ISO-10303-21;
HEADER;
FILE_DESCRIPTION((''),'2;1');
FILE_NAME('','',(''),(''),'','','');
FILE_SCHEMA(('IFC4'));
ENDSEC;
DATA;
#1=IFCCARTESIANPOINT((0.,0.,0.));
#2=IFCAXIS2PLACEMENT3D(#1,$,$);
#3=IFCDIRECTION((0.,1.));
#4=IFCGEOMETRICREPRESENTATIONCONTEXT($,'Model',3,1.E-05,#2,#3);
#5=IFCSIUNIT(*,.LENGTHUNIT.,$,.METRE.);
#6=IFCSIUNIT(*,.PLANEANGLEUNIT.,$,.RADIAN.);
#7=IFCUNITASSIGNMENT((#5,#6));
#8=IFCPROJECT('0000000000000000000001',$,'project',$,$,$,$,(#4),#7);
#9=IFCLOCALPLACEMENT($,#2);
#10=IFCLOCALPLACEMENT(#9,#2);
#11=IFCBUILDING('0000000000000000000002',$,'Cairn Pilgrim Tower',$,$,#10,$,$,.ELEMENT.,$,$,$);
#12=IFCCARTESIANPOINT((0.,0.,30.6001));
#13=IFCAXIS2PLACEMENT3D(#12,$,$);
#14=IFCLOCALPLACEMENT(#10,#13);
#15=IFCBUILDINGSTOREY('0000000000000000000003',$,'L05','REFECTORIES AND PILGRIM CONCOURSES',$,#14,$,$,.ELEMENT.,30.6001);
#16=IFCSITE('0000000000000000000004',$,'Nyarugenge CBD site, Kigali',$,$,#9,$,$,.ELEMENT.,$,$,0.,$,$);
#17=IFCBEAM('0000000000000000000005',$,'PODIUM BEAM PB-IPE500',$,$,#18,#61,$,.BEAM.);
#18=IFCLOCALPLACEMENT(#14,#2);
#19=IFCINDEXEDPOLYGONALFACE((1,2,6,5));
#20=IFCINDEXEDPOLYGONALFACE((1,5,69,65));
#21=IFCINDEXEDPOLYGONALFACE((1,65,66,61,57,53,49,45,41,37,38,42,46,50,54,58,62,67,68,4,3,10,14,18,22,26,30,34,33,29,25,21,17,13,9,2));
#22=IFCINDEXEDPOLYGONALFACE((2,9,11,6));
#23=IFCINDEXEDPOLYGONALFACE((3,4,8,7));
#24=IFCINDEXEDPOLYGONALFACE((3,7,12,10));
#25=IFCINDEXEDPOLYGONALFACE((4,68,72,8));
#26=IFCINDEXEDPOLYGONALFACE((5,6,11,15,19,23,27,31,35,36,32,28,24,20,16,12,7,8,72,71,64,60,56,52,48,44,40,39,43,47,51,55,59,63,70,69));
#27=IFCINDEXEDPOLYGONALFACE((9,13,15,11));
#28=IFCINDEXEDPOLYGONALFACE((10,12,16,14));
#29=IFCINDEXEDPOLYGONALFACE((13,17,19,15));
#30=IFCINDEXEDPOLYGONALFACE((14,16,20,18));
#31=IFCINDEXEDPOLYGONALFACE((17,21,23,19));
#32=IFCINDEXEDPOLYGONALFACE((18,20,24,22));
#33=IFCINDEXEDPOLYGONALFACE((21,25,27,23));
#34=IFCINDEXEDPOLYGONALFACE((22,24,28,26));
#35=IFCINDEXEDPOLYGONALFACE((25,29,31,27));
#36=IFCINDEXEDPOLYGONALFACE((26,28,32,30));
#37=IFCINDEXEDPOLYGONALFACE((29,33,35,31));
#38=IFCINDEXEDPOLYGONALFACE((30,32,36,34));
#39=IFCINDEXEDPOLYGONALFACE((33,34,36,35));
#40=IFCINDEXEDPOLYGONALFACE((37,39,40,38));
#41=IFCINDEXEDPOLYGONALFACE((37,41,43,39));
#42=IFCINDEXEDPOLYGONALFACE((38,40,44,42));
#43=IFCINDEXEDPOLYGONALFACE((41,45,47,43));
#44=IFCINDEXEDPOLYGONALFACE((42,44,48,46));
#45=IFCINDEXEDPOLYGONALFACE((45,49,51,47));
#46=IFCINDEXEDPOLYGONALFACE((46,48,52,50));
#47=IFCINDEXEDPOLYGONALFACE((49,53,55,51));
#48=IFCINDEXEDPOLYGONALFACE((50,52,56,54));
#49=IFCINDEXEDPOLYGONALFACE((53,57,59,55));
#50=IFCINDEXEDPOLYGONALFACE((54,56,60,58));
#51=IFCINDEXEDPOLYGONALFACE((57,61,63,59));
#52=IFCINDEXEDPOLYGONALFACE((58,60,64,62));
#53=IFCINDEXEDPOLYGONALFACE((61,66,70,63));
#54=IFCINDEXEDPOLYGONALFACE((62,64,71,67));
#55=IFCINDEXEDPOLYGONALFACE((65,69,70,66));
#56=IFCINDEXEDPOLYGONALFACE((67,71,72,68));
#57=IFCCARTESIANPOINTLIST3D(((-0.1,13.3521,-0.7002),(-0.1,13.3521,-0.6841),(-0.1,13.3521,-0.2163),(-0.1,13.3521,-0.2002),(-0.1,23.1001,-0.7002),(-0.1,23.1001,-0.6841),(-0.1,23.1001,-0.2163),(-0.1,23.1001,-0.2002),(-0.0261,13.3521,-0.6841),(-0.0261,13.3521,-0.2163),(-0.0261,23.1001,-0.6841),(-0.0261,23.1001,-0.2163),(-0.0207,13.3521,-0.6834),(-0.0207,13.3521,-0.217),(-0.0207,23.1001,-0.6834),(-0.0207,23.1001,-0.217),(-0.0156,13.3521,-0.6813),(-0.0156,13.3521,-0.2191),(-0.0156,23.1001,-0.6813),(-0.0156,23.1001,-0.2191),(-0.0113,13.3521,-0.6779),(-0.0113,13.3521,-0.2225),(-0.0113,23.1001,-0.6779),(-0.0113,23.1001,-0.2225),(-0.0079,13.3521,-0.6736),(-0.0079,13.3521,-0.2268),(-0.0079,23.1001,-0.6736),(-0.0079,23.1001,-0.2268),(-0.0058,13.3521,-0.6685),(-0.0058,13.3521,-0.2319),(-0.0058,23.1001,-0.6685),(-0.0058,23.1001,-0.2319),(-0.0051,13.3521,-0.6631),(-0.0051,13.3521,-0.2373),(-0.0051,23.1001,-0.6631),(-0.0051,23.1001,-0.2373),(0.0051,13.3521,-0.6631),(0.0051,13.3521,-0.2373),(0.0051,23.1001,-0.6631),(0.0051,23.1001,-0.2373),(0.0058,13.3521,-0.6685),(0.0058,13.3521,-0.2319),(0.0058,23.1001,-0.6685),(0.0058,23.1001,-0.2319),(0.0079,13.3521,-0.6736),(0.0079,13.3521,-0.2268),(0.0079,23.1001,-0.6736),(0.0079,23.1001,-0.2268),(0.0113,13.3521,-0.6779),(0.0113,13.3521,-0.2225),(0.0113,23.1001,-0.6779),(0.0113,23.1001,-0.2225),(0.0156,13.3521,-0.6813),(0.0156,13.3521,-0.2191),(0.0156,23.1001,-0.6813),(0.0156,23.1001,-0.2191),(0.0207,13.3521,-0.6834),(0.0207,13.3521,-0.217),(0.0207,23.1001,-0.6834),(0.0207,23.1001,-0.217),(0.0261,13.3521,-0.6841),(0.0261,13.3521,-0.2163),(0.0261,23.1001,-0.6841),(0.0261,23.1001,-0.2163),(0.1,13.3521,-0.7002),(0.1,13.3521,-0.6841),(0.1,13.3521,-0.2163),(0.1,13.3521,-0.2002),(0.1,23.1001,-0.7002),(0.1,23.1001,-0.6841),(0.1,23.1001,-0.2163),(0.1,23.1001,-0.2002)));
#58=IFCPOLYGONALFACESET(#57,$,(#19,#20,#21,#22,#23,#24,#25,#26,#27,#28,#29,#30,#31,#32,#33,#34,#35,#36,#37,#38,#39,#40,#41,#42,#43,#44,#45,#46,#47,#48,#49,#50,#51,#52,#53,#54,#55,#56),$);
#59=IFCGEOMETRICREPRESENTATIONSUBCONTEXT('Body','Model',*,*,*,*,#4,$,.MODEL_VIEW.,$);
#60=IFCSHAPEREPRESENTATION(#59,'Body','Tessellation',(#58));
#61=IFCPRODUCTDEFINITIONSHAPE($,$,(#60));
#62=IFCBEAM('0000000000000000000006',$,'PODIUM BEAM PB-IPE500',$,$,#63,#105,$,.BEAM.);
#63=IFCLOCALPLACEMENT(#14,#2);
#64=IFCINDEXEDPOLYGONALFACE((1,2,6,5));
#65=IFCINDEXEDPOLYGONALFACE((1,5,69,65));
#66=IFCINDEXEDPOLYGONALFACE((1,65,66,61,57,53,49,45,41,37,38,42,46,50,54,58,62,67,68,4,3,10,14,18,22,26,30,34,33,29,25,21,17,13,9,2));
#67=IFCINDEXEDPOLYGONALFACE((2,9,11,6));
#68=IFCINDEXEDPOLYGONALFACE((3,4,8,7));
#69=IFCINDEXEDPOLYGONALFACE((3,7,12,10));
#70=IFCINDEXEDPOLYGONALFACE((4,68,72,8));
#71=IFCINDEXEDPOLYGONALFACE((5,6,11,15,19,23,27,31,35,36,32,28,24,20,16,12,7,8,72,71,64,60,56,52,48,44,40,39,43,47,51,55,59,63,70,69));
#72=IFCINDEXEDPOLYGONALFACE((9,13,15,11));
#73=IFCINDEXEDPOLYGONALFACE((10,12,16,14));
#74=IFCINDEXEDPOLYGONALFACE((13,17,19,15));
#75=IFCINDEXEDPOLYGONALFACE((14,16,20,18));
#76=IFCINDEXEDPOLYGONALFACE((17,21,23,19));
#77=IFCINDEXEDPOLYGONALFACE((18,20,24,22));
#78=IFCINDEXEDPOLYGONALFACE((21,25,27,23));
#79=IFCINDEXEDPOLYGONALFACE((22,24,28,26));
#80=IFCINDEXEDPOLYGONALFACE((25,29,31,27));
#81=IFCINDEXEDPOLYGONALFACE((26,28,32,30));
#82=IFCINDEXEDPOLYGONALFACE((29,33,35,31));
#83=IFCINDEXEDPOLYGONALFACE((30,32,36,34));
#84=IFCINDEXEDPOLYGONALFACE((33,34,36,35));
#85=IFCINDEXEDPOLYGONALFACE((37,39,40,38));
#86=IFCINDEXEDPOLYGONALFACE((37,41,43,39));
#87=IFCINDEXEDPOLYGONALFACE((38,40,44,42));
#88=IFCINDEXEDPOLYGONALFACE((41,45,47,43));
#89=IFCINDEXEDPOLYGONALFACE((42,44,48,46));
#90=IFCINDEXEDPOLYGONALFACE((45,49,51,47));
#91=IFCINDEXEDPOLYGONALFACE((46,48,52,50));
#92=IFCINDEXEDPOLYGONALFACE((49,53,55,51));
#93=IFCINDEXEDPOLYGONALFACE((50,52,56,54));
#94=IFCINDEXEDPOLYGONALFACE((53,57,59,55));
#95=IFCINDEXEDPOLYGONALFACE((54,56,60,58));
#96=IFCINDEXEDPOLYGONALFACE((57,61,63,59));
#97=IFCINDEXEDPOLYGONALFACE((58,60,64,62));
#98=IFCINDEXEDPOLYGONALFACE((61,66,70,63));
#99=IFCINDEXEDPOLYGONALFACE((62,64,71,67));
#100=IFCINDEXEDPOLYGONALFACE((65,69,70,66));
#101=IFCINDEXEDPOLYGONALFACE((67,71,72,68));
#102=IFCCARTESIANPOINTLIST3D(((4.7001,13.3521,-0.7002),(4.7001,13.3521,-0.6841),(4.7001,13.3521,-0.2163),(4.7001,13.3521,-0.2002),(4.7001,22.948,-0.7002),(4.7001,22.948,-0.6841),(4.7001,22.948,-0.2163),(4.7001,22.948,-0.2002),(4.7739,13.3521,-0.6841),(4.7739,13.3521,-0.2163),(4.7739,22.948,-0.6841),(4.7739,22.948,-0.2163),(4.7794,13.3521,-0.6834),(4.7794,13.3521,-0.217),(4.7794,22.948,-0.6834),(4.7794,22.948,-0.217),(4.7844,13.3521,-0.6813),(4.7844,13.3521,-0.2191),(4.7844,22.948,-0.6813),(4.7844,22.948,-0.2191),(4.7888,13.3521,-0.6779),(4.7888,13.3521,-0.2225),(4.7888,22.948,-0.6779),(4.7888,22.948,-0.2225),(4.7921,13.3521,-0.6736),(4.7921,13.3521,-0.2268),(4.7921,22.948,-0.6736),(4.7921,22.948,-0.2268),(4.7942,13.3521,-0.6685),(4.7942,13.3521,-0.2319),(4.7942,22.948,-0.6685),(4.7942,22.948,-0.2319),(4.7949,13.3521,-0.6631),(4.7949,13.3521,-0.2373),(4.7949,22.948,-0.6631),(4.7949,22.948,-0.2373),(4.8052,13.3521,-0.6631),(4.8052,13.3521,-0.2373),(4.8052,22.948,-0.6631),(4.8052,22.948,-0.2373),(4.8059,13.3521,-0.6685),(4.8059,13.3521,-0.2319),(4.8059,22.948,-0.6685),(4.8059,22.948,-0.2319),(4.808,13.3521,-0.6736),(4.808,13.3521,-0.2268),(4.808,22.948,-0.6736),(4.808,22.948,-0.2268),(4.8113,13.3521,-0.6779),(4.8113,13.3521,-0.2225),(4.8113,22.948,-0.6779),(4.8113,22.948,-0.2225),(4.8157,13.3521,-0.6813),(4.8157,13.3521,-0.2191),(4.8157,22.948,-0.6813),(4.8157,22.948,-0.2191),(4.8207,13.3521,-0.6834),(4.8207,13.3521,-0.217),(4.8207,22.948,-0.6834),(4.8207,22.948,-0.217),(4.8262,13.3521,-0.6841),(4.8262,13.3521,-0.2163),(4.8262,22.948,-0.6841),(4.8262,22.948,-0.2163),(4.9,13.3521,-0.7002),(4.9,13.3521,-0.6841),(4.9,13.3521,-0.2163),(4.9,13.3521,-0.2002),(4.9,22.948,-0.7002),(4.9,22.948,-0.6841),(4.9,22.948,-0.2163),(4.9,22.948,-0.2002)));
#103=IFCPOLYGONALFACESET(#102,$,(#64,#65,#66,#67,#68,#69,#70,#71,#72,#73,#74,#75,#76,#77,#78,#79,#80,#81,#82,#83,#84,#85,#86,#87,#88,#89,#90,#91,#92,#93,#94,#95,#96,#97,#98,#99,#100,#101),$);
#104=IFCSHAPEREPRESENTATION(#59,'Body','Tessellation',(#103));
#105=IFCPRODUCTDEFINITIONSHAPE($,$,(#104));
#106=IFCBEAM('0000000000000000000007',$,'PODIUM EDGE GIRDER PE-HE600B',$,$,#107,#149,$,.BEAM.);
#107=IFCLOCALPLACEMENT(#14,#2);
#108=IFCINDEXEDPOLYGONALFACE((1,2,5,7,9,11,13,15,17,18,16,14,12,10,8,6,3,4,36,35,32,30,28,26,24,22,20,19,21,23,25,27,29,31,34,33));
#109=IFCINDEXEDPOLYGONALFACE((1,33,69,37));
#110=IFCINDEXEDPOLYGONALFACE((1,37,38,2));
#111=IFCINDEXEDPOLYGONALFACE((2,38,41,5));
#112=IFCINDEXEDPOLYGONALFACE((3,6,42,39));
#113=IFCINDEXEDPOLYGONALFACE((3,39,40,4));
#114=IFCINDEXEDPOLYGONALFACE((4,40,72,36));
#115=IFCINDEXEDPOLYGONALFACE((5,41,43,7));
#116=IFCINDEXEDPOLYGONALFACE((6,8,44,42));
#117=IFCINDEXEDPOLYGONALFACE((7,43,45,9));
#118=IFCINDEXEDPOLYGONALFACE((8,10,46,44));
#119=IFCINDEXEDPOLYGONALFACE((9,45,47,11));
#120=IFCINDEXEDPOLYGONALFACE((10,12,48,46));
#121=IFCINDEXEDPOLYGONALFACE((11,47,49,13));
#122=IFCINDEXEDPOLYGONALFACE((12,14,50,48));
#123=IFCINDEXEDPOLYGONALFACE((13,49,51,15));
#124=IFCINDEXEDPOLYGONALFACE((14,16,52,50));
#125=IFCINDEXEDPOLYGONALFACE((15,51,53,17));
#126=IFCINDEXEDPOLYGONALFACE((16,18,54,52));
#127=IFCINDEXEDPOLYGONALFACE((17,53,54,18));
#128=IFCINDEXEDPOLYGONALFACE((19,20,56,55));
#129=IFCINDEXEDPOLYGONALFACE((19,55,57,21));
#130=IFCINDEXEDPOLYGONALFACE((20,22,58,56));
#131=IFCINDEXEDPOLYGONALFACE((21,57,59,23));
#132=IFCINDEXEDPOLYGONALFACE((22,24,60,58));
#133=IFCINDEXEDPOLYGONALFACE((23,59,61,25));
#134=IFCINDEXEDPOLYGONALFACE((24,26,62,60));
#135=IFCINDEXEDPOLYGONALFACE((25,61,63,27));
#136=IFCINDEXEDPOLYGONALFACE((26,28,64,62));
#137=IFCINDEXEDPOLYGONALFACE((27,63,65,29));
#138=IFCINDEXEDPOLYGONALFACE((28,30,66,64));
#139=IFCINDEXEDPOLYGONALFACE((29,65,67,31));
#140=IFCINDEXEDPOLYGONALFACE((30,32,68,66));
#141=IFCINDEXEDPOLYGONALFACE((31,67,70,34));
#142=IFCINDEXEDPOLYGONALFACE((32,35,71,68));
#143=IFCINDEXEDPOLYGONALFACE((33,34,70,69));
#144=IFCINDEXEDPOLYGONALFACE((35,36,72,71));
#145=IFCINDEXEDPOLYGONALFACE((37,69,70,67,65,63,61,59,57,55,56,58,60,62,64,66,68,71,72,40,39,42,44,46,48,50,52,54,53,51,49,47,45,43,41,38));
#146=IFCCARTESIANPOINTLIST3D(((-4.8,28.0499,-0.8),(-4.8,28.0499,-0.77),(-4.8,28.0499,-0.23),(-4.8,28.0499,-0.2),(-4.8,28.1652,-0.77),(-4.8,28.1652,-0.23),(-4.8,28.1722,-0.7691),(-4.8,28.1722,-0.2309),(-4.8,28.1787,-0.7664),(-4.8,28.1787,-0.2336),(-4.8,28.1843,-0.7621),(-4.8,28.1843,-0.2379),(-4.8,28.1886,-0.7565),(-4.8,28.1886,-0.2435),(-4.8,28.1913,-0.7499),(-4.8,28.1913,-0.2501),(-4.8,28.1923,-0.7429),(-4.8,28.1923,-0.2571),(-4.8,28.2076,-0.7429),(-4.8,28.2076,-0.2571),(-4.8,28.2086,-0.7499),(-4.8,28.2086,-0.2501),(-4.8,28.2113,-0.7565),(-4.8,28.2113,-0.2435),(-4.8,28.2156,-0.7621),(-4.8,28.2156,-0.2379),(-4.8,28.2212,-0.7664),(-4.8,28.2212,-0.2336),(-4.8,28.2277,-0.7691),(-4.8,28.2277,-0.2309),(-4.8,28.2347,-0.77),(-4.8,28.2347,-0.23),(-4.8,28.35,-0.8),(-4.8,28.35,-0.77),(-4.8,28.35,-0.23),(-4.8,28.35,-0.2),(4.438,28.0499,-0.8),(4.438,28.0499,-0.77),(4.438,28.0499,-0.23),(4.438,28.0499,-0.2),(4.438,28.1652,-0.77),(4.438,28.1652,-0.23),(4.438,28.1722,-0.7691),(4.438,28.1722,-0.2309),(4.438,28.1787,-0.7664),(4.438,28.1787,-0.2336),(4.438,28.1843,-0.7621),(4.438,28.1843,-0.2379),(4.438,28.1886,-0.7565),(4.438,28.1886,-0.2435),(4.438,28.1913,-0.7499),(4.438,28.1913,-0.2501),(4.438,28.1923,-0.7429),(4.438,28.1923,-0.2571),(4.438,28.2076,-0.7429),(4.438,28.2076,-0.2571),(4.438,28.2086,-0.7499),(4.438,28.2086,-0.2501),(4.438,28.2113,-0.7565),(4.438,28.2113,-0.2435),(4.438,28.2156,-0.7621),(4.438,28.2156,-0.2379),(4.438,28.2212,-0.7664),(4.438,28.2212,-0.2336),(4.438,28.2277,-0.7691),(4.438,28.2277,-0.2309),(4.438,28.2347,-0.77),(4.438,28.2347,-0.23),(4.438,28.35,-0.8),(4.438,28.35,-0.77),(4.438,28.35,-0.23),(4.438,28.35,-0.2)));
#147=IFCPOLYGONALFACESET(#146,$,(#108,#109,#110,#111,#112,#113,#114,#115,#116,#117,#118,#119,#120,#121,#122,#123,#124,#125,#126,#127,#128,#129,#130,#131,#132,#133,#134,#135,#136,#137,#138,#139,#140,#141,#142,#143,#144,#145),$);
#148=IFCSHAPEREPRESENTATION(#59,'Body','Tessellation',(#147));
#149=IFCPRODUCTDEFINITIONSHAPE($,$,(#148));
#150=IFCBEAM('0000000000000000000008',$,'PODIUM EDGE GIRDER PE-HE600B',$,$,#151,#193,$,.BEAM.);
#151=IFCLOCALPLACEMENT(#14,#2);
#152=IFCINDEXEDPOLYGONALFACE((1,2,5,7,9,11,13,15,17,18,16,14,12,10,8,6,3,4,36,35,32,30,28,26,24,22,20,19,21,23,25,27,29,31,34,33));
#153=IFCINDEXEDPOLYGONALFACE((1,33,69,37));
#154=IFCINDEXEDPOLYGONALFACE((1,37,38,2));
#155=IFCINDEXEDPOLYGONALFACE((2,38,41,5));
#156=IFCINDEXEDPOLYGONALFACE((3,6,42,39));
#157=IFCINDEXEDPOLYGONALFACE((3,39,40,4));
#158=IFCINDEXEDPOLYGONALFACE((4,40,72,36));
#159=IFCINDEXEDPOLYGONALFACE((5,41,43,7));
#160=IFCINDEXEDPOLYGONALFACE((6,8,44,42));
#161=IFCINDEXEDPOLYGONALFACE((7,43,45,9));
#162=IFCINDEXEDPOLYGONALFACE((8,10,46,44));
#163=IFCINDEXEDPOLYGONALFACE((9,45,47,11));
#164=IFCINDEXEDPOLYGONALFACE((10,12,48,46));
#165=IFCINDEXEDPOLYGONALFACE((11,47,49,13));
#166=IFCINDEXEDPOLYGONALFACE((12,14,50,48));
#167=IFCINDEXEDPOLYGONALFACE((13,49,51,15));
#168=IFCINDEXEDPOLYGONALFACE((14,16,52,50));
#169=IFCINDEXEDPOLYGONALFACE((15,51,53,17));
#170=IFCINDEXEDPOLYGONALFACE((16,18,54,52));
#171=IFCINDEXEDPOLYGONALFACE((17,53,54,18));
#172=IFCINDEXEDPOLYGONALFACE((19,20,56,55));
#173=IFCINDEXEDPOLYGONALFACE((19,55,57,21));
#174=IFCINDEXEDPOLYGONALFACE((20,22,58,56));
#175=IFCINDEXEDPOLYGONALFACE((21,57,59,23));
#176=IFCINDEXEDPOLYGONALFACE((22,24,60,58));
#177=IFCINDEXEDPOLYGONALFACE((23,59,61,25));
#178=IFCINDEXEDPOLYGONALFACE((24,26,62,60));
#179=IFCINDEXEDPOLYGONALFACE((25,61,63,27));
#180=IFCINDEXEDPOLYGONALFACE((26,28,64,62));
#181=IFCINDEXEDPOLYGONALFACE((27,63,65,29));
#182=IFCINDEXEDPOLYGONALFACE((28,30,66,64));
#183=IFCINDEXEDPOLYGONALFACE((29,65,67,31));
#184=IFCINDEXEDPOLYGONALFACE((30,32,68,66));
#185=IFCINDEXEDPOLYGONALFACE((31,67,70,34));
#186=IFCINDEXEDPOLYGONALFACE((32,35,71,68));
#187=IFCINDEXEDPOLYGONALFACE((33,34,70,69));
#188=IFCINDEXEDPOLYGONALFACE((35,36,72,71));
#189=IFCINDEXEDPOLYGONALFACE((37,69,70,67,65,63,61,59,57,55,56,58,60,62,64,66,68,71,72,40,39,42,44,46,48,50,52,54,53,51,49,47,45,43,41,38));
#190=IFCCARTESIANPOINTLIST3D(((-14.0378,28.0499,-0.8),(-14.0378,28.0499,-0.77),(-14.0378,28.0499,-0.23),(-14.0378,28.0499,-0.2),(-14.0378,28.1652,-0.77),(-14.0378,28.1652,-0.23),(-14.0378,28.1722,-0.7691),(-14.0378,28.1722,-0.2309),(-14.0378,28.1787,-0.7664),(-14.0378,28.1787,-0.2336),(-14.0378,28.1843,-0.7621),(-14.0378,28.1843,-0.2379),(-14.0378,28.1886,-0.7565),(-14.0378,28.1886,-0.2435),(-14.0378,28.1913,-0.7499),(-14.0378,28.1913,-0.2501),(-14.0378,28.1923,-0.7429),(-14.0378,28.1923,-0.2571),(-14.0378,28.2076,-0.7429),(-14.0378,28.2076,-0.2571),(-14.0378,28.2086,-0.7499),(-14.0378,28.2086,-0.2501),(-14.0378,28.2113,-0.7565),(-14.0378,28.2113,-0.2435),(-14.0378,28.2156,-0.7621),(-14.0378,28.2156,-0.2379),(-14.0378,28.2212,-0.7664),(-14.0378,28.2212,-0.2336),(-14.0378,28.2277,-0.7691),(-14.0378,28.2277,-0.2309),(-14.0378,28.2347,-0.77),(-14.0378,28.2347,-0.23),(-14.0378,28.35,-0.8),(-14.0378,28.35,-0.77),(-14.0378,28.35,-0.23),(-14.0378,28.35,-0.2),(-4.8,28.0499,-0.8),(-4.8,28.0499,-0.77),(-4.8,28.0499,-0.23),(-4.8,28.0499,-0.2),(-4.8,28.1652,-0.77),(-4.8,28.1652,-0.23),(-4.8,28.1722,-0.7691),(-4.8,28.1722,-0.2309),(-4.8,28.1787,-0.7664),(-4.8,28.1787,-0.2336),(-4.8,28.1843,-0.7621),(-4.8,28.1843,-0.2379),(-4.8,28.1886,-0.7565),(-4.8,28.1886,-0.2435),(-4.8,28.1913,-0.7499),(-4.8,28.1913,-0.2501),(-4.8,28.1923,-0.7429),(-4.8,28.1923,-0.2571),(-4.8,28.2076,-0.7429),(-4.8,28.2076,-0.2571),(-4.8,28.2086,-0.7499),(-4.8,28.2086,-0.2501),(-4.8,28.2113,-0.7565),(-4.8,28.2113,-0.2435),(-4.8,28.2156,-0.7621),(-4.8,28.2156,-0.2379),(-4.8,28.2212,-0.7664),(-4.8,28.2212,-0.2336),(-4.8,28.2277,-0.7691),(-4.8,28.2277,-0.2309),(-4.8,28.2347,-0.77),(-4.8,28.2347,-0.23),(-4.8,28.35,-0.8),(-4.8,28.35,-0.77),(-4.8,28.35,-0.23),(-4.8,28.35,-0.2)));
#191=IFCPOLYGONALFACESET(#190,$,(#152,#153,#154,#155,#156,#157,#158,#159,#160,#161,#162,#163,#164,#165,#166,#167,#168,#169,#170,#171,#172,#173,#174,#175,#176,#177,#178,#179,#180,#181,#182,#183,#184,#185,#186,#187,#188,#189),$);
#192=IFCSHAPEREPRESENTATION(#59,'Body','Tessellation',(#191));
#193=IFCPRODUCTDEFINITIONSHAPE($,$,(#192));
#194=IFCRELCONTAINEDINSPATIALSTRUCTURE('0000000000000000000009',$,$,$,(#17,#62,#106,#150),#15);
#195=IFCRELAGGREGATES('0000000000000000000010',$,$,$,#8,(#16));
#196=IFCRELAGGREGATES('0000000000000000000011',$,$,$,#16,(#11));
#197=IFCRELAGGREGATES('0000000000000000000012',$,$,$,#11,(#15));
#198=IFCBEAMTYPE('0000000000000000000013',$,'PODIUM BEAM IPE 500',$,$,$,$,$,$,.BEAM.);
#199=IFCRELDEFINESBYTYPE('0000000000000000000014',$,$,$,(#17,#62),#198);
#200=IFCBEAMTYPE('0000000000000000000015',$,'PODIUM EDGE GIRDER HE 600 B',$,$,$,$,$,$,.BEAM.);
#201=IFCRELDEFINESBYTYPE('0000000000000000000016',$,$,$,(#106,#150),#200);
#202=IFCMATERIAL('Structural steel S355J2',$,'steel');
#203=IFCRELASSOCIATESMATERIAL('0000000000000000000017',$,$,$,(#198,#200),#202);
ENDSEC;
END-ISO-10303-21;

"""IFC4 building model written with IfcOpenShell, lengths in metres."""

from ifc_helpers import new_model, si_unit, direction, frame, origin, origin_2d, place, context, subcontext, project, spatial, i_section, extrude, material, material_profile, profile_set, type_object, element, save


model = new_model("IFC4")

# Units and contexts
model_context = context("Model", 3, precision=1e-05, world=origin(), true_north=direction((0.0, 1.0)))
body_context = subcontext(model_context, "Body", "Model", "MODEL_VIEW")
ifc_project = project(units=[si_unit("LENGTHUNIT", "METRE"), si_unit("PLANEANGLEUNIT", "RADIAN")], contexts=[model_context])

# Site, building, storey
site_placement = place(None, origin())
site = spatial("IfcSite", under=ifc_project, at=site_placement, Name="Nyarugenge CBD site, Kigali", CompositionType="ELEMENT", RefElevation=0.0)
building_placement = place(site_placement, origin())
building = spatial("IfcBuilding", under=site, at=building_placement, Name="Cairn Pilgrim Tower", CompositionType="ELEMENT")
storey_placement = place(building_placement, frame((0.0, 0.0, 30.6001)))
storey = spatial("IfcBuildingStorey", under=building, at=storey_placement, Name="L05", Description="REFECTORIES AND PILGRIM CONCOURSES", CompositionType="ELEMENT", Elevation=30.6001)

# Beams
ifc_material_1 = material(Name="Structural steel S355J2", Category="steel")
ifc_material_profile_1 = material_profile(ifc_material_1, i_section(OverallWidth=0.2, OverallDepth=0.5, WebThickness=0.0103, FlangeThickness=0.0161, FilletRadius=0.021, at=origin_2d()), Name="IPE 500")
ifc_profile_set_1 = profile_set([ifc_material_profile_1], Name="Structural steel S355J2")
beam_type_1 = type_object("IfcBeamType", Name="PODIUM BEAM IPE 500", PredefinedType="BEAM", material=ifc_profile_set_1)
beam_1_placement = place(storey_placement, frame((0.0, 13.3521, -0.4502), z_axis=(0.0, 1.0, 0.0), x_axis=(-1.0, 0.0, 0.0)))
element("IfcBeam", 1, at=beam_1_placement, inside=storey, type_object=beam_type_1, Name="PODIUM BEAM PB-IPE500", PredefinedType="BEAM", context=body_context, shape_type="SweptSolid", body=[
    extrude(i_section(OverallWidth=0.2, OverallDepth=0.5, WebThickness=0.0103, FlangeThickness=0.0161, FilletRadius=0.021, at=origin_2d()), origin(), (0.0, 0.0, 1.0), 9.748),
])
beam_2_placement = place(storey_placement, frame((4.8, 13.3521, -0.4502), z_axis=(0.0, 1.0, 0.0), x_axis=(-1.0, 0.0, 0.0)))
element("IfcBeam", 2, at=beam_2_placement, inside=storey, type_object=beam_type_1, Name="PODIUM BEAM PB-IPE500", PredefinedType="BEAM", context=body_context, shape_type="SweptSolid", body=[
    extrude(i_section(OverallWidth=0.2, OverallDepth=0.5, WebThickness=0.0103, FlangeThickness=0.0161, FilletRadius=0.021, at=origin_2d()), origin(), (0.0, 0.0, 1.0), 9.5959),
])
ifc_material_profile_2 = material_profile(ifc_material_1, i_section(OverallWidth=0.3, OverallDepth=0.6001, WebThickness=0.0154, FlangeThickness=0.03, FilletRadius=0.0271, at=origin_2d()), Name="HEB 600")
ifc_profile_set_2 = profile_set([ifc_material_profile_2], Name="Structural steel S355J2")
beam_type_2 = type_object("IfcBeamType", Name="PODIUM EDGE GIRDER HE 600 B", PredefinedType="BEAM", material=ifc_profile_set_2)
beam_3_placement = place(storey_placement, frame((4.438, 28.2, -0.5), z_axis=(-1.0, 0.0, 0.0), x_axis=(0.0, -1.0, 0.0)))
element("IfcBeam", 3, at=beam_3_placement, inside=storey, type_object=beam_type_2, Name="PODIUM EDGE GIRDER PE-HE600B", PredefinedType="BEAM", context=body_context, shape_type="SweptSolid", body=[
    extrude(i_section(OverallWidth=0.3, OverallDepth=0.6001, WebThickness=0.0154, FlangeThickness=0.03, FilletRadius=0.0271, at=origin_2d()), origin(), (0.0, 0.0, 1.0), 9.238),
])
beam_4_placement = place(storey_placement, frame((-4.8, 28.2, -0.5), z_axis=(-1.0, 0.0, 0.0), x_axis=(0.0, -1.0, 0.0)))
element("IfcBeam", 4, at=beam_4_placement, inside=storey, type_object=beam_type_2, Name="PODIUM EDGE GIRDER PE-HE600B", PredefinedType="BEAM", context=body_context, shape_type="SweptSolid", body=[
    extrude(i_section(OverallWidth=0.3, OverallDepth=0.6001, WebThickness=0.0154, FlangeThickness=0.03, FilletRadius=0.0271, at=origin_2d()), origin(), (0.0, 0.0, 1.0), 9.2378),
])

save(model, "model.ifc")
